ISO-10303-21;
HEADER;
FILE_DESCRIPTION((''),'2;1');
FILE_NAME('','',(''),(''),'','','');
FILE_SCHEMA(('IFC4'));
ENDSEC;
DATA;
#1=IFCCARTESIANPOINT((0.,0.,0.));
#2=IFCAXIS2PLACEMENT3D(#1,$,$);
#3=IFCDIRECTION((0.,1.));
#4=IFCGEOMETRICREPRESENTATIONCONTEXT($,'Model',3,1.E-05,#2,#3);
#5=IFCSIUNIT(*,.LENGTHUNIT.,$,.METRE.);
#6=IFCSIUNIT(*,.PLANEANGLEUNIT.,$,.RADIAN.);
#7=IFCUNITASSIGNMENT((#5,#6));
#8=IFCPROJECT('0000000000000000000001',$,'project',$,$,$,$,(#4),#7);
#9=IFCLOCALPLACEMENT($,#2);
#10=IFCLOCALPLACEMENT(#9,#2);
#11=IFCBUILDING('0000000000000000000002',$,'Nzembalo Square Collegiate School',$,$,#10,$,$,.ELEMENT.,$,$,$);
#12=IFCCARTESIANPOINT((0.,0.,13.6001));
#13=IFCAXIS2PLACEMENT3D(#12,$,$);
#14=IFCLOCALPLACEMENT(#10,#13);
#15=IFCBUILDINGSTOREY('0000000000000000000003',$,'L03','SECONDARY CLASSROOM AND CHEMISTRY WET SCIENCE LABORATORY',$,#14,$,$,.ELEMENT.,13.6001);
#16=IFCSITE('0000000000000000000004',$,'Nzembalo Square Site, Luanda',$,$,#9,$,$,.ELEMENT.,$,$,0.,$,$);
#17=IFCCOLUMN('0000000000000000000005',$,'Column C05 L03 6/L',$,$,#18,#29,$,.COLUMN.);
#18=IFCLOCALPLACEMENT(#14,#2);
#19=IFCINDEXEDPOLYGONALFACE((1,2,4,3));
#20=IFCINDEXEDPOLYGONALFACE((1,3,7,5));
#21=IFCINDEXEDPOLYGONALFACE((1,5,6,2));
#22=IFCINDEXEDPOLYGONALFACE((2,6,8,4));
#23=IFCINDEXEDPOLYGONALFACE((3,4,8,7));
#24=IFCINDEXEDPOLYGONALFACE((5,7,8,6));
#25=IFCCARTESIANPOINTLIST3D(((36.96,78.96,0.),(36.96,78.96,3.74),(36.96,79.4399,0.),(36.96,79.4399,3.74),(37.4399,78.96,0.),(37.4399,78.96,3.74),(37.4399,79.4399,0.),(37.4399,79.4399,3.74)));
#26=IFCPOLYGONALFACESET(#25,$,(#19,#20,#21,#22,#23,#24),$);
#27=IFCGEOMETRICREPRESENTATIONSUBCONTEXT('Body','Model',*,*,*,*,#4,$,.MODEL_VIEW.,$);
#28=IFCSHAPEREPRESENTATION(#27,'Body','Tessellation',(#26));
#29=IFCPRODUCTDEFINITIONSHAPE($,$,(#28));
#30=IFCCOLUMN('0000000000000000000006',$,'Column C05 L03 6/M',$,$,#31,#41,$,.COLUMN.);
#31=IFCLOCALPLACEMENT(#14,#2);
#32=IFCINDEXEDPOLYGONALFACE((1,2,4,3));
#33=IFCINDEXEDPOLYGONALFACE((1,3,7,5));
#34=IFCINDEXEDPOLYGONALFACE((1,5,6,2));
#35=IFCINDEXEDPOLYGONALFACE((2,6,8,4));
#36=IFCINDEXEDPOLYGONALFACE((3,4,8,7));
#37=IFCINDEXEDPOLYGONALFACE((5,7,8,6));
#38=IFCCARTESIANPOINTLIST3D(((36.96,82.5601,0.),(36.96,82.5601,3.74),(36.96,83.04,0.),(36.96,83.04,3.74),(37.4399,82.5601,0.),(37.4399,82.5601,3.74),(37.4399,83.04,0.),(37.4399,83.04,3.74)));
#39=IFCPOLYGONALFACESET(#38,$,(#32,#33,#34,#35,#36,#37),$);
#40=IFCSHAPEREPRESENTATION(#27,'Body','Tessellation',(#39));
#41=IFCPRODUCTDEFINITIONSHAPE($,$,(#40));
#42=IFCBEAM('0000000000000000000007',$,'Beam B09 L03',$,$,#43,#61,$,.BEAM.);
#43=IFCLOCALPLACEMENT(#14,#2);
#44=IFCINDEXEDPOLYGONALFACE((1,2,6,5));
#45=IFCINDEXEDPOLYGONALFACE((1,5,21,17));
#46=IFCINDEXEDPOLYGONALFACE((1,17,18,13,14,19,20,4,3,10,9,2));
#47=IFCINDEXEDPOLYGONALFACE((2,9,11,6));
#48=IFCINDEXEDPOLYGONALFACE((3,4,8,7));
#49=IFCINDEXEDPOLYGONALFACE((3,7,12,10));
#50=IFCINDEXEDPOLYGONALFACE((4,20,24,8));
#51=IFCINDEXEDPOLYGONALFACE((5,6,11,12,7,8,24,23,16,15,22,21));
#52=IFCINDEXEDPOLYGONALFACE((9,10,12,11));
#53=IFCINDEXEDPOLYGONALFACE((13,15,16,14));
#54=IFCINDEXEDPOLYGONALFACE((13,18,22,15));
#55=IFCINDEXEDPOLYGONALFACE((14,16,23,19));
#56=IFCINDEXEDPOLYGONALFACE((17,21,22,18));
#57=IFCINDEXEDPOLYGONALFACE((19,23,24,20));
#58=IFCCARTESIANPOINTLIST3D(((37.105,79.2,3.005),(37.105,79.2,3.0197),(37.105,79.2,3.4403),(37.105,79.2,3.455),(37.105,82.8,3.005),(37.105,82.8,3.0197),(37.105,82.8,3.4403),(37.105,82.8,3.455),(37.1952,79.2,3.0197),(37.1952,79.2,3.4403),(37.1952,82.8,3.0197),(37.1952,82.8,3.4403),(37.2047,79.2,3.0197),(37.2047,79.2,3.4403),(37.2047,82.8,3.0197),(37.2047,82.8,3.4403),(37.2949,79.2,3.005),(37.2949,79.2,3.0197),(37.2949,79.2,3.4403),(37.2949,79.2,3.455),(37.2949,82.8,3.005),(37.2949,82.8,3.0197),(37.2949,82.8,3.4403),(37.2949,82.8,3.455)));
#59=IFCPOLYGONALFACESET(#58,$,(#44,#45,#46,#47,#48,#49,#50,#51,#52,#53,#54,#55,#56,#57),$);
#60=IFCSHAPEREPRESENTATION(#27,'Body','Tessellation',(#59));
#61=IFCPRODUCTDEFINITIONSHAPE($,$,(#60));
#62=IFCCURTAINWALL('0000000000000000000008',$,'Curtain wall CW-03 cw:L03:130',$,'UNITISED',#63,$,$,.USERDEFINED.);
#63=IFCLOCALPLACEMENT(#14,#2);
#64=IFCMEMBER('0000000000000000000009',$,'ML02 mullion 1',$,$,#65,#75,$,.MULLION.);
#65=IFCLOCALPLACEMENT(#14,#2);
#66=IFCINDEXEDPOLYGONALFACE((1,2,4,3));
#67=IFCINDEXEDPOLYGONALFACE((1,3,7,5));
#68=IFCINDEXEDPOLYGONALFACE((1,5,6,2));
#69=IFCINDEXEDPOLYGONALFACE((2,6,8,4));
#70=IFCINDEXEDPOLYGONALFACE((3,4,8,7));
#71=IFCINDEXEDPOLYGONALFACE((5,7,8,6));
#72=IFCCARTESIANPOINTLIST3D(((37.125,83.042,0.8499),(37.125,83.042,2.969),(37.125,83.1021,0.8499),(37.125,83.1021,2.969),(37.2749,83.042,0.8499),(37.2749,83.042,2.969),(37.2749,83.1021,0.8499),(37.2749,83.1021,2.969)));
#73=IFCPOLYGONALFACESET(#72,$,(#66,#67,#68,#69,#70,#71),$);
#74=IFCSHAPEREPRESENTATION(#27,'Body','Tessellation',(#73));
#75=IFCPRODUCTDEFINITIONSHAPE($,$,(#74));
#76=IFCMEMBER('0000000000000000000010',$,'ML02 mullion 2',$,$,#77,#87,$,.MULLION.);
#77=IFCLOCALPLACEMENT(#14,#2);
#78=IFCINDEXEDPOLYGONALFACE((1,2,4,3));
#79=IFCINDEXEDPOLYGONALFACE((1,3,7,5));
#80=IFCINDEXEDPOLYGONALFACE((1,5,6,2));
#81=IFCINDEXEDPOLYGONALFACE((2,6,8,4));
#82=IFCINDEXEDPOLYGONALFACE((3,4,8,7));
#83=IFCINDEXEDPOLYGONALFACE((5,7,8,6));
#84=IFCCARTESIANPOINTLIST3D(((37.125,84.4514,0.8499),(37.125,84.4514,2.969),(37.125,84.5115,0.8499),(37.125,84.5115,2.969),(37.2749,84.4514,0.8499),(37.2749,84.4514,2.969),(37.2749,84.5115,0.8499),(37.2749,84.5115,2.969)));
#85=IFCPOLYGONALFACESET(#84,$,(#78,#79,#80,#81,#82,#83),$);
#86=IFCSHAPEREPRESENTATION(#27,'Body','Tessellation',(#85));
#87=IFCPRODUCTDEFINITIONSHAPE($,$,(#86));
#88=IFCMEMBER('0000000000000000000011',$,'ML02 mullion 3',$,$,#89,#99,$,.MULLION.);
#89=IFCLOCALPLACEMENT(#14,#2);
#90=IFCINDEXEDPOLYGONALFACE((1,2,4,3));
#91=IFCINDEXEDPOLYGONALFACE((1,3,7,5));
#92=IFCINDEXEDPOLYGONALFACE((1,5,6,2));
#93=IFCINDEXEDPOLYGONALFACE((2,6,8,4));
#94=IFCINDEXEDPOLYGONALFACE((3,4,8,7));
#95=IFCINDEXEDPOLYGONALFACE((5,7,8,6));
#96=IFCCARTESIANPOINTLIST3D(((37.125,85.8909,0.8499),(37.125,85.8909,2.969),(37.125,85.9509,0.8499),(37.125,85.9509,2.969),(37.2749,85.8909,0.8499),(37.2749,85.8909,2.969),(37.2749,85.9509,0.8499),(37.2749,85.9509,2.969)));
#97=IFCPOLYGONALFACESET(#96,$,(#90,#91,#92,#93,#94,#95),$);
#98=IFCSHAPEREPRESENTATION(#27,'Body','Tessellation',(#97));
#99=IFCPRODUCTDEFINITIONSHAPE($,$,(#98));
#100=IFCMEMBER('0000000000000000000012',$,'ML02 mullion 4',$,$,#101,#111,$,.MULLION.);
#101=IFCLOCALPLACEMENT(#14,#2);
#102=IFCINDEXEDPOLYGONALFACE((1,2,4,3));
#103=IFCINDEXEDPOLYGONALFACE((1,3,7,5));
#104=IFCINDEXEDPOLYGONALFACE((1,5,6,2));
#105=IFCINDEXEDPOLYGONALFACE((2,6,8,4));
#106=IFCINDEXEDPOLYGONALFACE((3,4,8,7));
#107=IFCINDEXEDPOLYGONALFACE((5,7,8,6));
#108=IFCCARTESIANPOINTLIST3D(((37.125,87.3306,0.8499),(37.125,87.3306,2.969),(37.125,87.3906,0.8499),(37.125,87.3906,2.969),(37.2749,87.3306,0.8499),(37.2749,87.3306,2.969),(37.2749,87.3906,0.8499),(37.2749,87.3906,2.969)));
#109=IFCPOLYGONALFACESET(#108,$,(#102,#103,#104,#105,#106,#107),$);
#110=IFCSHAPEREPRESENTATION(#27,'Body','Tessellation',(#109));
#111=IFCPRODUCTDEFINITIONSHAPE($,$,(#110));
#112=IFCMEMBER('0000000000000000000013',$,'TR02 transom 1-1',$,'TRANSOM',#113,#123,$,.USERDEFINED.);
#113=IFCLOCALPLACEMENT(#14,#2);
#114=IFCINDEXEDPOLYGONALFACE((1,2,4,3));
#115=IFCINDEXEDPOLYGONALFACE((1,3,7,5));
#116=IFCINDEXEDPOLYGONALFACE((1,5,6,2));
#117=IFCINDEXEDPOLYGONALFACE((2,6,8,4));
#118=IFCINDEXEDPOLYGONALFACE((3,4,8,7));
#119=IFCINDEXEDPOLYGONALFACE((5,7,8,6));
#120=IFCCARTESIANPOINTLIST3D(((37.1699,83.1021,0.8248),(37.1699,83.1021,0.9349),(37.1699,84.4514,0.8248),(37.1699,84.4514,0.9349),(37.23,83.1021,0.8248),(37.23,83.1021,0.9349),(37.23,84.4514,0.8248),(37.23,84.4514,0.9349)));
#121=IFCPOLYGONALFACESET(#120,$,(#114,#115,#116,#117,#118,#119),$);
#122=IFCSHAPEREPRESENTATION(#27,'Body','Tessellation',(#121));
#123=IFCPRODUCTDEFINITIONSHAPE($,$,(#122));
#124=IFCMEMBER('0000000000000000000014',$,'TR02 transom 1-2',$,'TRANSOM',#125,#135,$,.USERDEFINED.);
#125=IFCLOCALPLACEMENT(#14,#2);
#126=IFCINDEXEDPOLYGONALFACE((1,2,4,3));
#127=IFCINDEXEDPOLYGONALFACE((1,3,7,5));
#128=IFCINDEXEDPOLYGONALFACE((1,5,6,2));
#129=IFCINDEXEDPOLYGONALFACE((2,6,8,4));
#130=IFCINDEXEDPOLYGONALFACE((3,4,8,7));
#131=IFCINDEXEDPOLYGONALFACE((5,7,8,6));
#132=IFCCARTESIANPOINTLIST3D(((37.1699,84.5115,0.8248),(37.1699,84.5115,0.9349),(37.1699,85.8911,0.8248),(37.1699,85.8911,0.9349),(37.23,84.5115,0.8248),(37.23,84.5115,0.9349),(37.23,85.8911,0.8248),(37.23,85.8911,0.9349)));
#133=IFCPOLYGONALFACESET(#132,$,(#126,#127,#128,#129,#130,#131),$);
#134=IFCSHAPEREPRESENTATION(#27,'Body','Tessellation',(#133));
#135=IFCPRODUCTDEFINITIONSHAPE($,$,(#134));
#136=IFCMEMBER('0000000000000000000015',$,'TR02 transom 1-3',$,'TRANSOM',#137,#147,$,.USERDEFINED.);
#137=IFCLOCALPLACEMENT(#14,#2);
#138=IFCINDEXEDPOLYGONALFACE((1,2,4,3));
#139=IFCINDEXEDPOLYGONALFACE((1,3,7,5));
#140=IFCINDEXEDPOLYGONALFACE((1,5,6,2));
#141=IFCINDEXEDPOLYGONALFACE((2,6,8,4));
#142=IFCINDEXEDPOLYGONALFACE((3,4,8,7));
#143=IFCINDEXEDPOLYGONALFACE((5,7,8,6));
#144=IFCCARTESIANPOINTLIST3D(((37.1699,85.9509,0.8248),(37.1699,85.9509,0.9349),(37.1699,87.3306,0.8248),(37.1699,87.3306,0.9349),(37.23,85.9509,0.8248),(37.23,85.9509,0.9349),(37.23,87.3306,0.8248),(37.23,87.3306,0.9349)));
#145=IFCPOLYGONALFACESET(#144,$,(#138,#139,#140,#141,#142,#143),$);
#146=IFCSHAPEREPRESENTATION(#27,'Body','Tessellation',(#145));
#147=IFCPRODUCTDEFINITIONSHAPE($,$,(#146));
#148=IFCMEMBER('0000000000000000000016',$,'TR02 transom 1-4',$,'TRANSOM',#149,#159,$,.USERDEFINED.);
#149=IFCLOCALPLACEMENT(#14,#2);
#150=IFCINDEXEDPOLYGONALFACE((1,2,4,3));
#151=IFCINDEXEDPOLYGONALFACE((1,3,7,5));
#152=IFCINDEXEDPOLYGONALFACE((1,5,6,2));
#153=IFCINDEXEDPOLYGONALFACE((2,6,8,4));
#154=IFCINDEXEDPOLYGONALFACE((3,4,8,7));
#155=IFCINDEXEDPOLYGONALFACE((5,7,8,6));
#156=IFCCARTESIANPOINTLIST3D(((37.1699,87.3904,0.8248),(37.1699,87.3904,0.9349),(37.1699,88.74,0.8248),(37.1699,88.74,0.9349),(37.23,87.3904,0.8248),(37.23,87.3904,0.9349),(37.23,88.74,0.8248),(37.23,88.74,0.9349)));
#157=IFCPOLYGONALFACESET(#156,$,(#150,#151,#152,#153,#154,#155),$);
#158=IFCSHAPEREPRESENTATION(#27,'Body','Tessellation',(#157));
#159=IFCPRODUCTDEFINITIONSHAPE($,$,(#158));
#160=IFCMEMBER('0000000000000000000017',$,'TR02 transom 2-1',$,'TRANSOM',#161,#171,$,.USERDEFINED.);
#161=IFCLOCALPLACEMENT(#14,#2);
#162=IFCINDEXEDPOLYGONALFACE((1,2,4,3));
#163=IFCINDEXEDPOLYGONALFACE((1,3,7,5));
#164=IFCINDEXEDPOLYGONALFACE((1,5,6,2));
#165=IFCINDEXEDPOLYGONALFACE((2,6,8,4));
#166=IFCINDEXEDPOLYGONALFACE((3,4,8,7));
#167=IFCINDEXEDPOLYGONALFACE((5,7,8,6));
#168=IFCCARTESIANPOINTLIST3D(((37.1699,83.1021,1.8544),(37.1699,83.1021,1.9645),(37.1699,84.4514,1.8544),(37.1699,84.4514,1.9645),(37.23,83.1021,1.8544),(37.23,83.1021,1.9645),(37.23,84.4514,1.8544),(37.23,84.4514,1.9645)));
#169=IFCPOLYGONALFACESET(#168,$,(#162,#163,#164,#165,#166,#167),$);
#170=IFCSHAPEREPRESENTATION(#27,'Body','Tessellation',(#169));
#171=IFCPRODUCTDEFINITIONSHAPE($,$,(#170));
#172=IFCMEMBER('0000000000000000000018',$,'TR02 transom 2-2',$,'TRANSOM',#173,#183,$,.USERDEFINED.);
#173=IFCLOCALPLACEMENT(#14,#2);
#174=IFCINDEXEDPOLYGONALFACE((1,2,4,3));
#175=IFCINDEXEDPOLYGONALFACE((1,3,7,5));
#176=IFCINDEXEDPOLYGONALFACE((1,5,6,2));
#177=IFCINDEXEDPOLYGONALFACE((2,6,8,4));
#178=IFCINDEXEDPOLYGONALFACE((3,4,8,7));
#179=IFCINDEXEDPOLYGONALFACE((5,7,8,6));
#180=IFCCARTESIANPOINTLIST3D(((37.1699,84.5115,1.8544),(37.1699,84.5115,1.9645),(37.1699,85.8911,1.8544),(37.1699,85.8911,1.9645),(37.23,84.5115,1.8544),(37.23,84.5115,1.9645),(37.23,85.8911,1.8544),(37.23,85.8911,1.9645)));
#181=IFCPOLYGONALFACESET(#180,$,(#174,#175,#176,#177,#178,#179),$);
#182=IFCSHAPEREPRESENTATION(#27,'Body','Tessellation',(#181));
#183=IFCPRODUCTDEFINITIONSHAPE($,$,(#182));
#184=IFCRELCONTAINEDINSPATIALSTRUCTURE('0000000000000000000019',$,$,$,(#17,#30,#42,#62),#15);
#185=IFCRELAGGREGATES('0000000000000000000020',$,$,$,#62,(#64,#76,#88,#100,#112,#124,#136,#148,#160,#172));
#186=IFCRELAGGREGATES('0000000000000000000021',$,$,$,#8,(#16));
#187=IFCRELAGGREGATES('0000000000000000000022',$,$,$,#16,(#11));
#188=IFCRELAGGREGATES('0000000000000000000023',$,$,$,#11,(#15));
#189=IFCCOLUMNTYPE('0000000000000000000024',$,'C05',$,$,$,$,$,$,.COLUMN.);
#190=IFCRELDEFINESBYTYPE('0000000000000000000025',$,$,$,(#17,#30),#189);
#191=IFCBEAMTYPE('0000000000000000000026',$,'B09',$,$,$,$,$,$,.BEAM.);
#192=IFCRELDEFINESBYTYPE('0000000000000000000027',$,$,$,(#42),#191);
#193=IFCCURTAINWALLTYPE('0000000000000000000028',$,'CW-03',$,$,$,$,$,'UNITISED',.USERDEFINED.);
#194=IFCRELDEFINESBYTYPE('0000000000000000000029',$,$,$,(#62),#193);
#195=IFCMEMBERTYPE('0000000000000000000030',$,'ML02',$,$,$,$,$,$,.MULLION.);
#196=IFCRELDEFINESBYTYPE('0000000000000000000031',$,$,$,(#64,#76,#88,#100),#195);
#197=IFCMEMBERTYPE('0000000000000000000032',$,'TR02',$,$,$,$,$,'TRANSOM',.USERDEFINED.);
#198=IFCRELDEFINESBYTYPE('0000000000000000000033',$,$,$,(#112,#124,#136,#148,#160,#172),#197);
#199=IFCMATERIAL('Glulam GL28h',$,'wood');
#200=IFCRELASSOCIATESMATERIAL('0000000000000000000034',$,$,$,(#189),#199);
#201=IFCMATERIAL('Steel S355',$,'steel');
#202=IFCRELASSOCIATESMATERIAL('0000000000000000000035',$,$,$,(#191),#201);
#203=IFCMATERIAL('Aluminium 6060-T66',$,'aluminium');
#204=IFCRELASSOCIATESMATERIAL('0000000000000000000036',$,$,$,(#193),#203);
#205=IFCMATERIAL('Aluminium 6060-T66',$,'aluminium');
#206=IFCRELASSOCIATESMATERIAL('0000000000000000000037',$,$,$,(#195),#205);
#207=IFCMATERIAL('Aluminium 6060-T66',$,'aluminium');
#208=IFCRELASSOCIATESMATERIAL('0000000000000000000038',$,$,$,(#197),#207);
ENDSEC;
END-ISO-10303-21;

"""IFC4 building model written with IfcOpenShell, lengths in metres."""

from ifc_helpers import new_model, si_unit, direction, frame, origin, origin_2d, place, context, subcontext, project, spatial, rectangle, i_section, extrude, material, material_profile, profile_set, type_object, element, aggregate, save


model = new_model("IFC4")

# Units and contexts
model_context = context("Model", 3, precision=1e-05, world=origin(), true_north=direction((0.0, 1.0)))
body_context = subcontext(model_context, "Body", "Model", "MODEL_VIEW")
ifc_project = project(units=[si_unit("LENGTHUNIT", "METRE"), si_unit("PLANEANGLEUNIT", "RADIAN")], contexts=[model_context])

# Site, building, storey
site_placement = place(None, origin())
site = spatial("IfcSite", under=ifc_project, at=site_placement, Name="Nzembalo Square Site, Luanda", CompositionType="ELEMENT", RefElevation=0.0)
building_placement = place(site_placement, origin())
building = spatial("IfcBuilding", under=site, at=building_placement, Name="Nzembalo Square Collegiate School", CompositionType="ELEMENT")
storey_placement = place(building_placement, frame((0.0, 0.0, 13.6001)))
storey = spatial("IfcBuildingStorey", under=building, at=storey_placement, Name="L03", Description="SECONDARY CLASSROOM AND CHEMISTRY WET SCIENCE LABORATORY", CompositionType="ELEMENT", Elevation=13.6001)

# Columns
ifc_material_1 = material(Name="Glulam GL28h", Category="wood")
ifc_material_profile_1 = material_profile(ifc_material_1, rectangle(XDim=0.48, YDim=0.48, at=origin_2d()), Name="GL28h 480x480")
ifc_profile_set_1 = profile_set([ifc_material_profile_1], Name="Glulam GL28h")
column_type = type_object("IfcColumnType", Name="C05", PredefinedType="COLUMN", material=ifc_profile_set_1)
for number, where, z_axis, x_axis, name in (
    (1, (37.2, 79.2, 0.0), (0.0, 0.0, 1.0), (1.0, 0.0, 0.0), "Column C05 L03 6/L"),
    (2, (37.2, 82.8, 0.0), (0.0, 0.0, 1.0), (1.0, 0.0, 0.0), "Column C05 L03 6/M"),
):
    element("IfcColumn", number, at=place(storey_placement, frame(where, z_axis=z_axis, x_axis=x_axis)), inside=storey, type_object=column_type, Name=name, PredefinedType="COLUMN", context=body_context, shape_type="SweptSolid", body=[
        extrude(rectangle(XDim=0.48, YDim=0.48, at=origin_2d()), origin(), (0.0, 0.0, 1.0), 3.74),
    ])

# Beam
ifc_material_2 = material(Name="Steel S355", Category="steel")
ifc_material_profile_2 = material_profile(ifc_material_2, i_section(OverallWidth=0.1899, OverallDepth=0.45, WebThickness=0.0095, FlangeThickness=0.0146, at=origin_2d()), Name="IPE 450")
ifc_profile_set_2 = profile_set([ifc_material_profile_2], Name="Steel S355")
beam_type = type_object("IfcBeamType", Name="B09", PredefinedType="BEAM", material=ifc_profile_set_2)
beam_placement = place(storey_placement, frame((37.2, 79.2, 3.23), z_axis=(0.0, 1.0, 0.0), x_axis=(-1.0, 0.0, 0.0)))
element("IfcBeam", 3, at=beam_placement, inside=storey, type_object=beam_type, Name="Beam B09 L03", PredefinedType="BEAM", context=body_context, shape_type="SweptSolid", body=[
    extrude(i_section(OverallWidth=0.1899, OverallDepth=0.45, WebThickness=0.0095, FlangeThickness=0.0146, at=origin_2d()), origin(), (0.0, 0.0, 1.0), 3.6001),
])

# Curtain wall, members
ifc_material_3 = material(Name="Aluminium 6060-T66", Category="aluminium")
curtain_wall_type = type_object("IfcCurtainWallType", Name="CW-03", ElementType="UNITISED", PredefinedType="USERDEFINED", material=ifc_material_3)
curtain_wall_placement = place(storey_placement, origin())
curtain_wall = element("IfcCurtainWall", 4, at=curtain_wall_placement, inside=storey, type_object=curtain_wall_type, Name="Curtain wall CW-03 cw:L03:130", ObjectType="UNITISED", PredefinedType="USERDEFINED")
ifc_material_4 = material(Name="Aluminium 6060-T66", Category="aluminium")
ifc_material_profile_3 = material_profile(ifc_material_4, rectangle(XDim=0.0601, YDim=0.1499, at=origin_2d()), Name="ALU M60x150")
ifc_profile_set_3 = profile_set([ifc_material_profile_3], Name="Aluminium 6060-T66")
member_type_1 = type_object("IfcMemberType", Name="ML02", PredefinedType="MULLION", material=ifc_profile_set_3)
member_1_placement = place(storey_placement, frame((37.2, 83.072, 0.8499), z_axis=(0.0, 0.0, 1.0), x_axis=(0.0, 1.0, 0.0)))
member_1 = element("IfcMember", 5, at=member_1_placement, type_object=member_type_1, Name="ML02 mullion 1", PredefinedType="MULLION", context=body_context, shape_type="SweptSolid", body=[
    extrude(rectangle(XDim=0.0601, YDim=0.1499, at=origin_2d()), origin(), (0.0, 0.0, 1.0), 2.1191),
])
member_2_placement = place(storey_placement, frame((37.2, 84.4814, 0.8499), z_axis=(0.0, 0.0, 1.0), x_axis=(0.0, 1.0, 0.0)))
member_2 = element("IfcMember", 6, at=member_2_placement, type_object=member_type_1, Name="ML02 mullion 2", PredefinedType="MULLION", context=body_context, shape_type="SweptSolid", body=[
    extrude(rectangle(XDim=0.0601, YDim=0.1499, at=origin_2d()), origin(), (0.0, 0.0, 1.0), 2.1191),
])
member_3_placement = place(storey_placement, frame((37.2, 85.9209, 0.8499), z_axis=(0.0, 0.0, 1.0), x_axis=(0.0, 1.0, 0.0)))
member_3 = element("IfcMember", 7, at=member_3_placement, type_object=member_type_1, Name="ML02 mullion 3", PredefinedType="MULLION", context=body_context, shape_type="SweptSolid", body=[
    extrude(rectangle(XDim=0.0601, YDim=0.1499, at=origin_2d()), origin(), (0.0, 0.0, 1.0), 2.1191),
])
member_4_placement = place(storey_placement, frame((37.2, 87.3606, 0.8499), z_axis=(0.0, 0.0, 1.0), x_axis=(0.0, 1.0, 0.0)))
member_4 = element("IfcMember", 8, at=member_4_placement, type_object=member_type_1, Name="ML02 mullion 4", PredefinedType="MULLION", context=body_context, shape_type="SweptSolid", body=[
    extrude(rectangle(XDim=0.0601, YDim=0.1499, at=origin_2d()), origin(), (0.0, 0.0, 1.0), 2.1191),
])
ifc_material_5 = material(Name="Aluminium 6060-T66", Category="aluminium")
ifc_material_profile_4 = material_profile(ifc_material_5, rectangle(XDim=0.0601, YDim=0.1101, at=origin_2d()), Name="ALU T60x110")
ifc_profile_set_4 = profile_set([ifc_material_profile_4], Name="Aluminium 6060-T66")
member_type_2 = type_object("IfcMemberType", Name="TR02", ElementType="TRANSOM", PredefinedType="USERDEFINED", material=ifc_profile_set_4)
member_5_placement = place(storey_placement, frame((37.2, 83.1021, 0.8799), z_axis=(0.0, 1.0, 0.0), x_axis=(-1.0, 0.0, 0.0)))
member_5 = element("IfcMember", 9, at=member_5_placement, type_object=member_type_2, Name="TR02 transom 1-1", ObjectType="TRANSOM", PredefinedType="USERDEFINED", context=body_context, shape_type="SweptSolid", body=[
    extrude(rectangle(XDim=0.0601, YDim=0.1101, at=origin_2d()), origin(), (0.0, 0.0, 1.0), 1.3494),
])
member_6_placement = place(storey_placement, frame((37.2, 84.5115, 0.8799), z_axis=(0.0, 1.0, 0.0), x_axis=(-1.0, 0.0, 0.0)))
member_6 = element("IfcMember", 10, at=member_6_placement, type_object=member_type_2, Name="TR02 transom 1-2", ObjectType="TRANSOM", PredefinedType="USERDEFINED", context=body_context, shape_type="SweptSolid", body=[
    extrude(rectangle(XDim=0.0601, YDim=0.1101, at=origin_2d()), origin(), (0.0, 0.0, 1.0), 1.3796),
])
member_7_placement = place(storey_placement, frame((37.2, 85.9509, 0.8799), z_axis=(0.0, 1.0, 0.0), x_axis=(-1.0, 0.0, 0.0)))
member_7 = element("IfcMember", 11, at=member_7_placement, type_object=member_type_2, Name="TR02 transom 1-3", ObjectType="TRANSOM", PredefinedType="USERDEFINED", context=body_context, shape_type="SweptSolid", body=[
    extrude(rectangle(XDim=0.0601, YDim=0.1101, at=origin_2d()), origin(), (0.0, 0.0, 1.0), 1.3796),
])
member_8_placement = place(storey_placement, frame((37.2, 87.3904, 0.8799), z_axis=(0.0, 1.0, 0.0), x_axis=(-1.0, 0.0, 0.0)))
member_8 = element("IfcMember", 12, at=member_8_placement, type_object=member_type_2, Name="TR02 transom 1-4", ObjectType="TRANSOM", PredefinedType="USERDEFINED", context=body_context, shape_type="SweptSolid", body=[
    extrude(rectangle(XDim=0.0601, YDim=0.1101, at=origin_2d()), origin(), (0.0, 0.0, 1.0), 1.3496),
])
member_9_placement = place(storey_placement, frame((37.2, 83.1021, 1.9094), z_axis=(0.0, 1.0, 0.0), x_axis=(-1.0, 0.0, 0.0)))
member_9 = element("IfcMember", 13, at=member_9_placement, type_object=member_type_2, Name="TR02 transom 2-1", ObjectType="TRANSOM", PredefinedType="USERDEFINED", context=body_context, shape_type="SweptSolid", body=[
    extrude(rectangle(XDim=0.0601, YDim=0.1101, at=origin_2d()), origin(), (0.0, 0.0, 1.0), 1.3494),
])
member_10_placement = place(storey_placement, frame((37.2, 84.5115, 1.9094), z_axis=(0.0, 1.0, 0.0), x_axis=(-1.0, 0.0, 0.0)))
member_10 = element("IfcMember", 14, at=member_10_placement, type_object=member_type_2, Name="TR02 transom 2-2", ObjectType="TRANSOM", PredefinedType="USERDEFINED", context=body_context, shape_type="SweptSolid", body=[
    extrude(rectangle(XDim=0.0601, YDim=0.1101, at=origin_2d()), origin(), (0.0, 0.0, 1.0), 1.3796),
])
aggregate(curtain_wall, [member_1, member_2, member_3, member_4, member_5, member_6, member_7, member_8, member_9, member_10])

save(model, "model.ifc")
